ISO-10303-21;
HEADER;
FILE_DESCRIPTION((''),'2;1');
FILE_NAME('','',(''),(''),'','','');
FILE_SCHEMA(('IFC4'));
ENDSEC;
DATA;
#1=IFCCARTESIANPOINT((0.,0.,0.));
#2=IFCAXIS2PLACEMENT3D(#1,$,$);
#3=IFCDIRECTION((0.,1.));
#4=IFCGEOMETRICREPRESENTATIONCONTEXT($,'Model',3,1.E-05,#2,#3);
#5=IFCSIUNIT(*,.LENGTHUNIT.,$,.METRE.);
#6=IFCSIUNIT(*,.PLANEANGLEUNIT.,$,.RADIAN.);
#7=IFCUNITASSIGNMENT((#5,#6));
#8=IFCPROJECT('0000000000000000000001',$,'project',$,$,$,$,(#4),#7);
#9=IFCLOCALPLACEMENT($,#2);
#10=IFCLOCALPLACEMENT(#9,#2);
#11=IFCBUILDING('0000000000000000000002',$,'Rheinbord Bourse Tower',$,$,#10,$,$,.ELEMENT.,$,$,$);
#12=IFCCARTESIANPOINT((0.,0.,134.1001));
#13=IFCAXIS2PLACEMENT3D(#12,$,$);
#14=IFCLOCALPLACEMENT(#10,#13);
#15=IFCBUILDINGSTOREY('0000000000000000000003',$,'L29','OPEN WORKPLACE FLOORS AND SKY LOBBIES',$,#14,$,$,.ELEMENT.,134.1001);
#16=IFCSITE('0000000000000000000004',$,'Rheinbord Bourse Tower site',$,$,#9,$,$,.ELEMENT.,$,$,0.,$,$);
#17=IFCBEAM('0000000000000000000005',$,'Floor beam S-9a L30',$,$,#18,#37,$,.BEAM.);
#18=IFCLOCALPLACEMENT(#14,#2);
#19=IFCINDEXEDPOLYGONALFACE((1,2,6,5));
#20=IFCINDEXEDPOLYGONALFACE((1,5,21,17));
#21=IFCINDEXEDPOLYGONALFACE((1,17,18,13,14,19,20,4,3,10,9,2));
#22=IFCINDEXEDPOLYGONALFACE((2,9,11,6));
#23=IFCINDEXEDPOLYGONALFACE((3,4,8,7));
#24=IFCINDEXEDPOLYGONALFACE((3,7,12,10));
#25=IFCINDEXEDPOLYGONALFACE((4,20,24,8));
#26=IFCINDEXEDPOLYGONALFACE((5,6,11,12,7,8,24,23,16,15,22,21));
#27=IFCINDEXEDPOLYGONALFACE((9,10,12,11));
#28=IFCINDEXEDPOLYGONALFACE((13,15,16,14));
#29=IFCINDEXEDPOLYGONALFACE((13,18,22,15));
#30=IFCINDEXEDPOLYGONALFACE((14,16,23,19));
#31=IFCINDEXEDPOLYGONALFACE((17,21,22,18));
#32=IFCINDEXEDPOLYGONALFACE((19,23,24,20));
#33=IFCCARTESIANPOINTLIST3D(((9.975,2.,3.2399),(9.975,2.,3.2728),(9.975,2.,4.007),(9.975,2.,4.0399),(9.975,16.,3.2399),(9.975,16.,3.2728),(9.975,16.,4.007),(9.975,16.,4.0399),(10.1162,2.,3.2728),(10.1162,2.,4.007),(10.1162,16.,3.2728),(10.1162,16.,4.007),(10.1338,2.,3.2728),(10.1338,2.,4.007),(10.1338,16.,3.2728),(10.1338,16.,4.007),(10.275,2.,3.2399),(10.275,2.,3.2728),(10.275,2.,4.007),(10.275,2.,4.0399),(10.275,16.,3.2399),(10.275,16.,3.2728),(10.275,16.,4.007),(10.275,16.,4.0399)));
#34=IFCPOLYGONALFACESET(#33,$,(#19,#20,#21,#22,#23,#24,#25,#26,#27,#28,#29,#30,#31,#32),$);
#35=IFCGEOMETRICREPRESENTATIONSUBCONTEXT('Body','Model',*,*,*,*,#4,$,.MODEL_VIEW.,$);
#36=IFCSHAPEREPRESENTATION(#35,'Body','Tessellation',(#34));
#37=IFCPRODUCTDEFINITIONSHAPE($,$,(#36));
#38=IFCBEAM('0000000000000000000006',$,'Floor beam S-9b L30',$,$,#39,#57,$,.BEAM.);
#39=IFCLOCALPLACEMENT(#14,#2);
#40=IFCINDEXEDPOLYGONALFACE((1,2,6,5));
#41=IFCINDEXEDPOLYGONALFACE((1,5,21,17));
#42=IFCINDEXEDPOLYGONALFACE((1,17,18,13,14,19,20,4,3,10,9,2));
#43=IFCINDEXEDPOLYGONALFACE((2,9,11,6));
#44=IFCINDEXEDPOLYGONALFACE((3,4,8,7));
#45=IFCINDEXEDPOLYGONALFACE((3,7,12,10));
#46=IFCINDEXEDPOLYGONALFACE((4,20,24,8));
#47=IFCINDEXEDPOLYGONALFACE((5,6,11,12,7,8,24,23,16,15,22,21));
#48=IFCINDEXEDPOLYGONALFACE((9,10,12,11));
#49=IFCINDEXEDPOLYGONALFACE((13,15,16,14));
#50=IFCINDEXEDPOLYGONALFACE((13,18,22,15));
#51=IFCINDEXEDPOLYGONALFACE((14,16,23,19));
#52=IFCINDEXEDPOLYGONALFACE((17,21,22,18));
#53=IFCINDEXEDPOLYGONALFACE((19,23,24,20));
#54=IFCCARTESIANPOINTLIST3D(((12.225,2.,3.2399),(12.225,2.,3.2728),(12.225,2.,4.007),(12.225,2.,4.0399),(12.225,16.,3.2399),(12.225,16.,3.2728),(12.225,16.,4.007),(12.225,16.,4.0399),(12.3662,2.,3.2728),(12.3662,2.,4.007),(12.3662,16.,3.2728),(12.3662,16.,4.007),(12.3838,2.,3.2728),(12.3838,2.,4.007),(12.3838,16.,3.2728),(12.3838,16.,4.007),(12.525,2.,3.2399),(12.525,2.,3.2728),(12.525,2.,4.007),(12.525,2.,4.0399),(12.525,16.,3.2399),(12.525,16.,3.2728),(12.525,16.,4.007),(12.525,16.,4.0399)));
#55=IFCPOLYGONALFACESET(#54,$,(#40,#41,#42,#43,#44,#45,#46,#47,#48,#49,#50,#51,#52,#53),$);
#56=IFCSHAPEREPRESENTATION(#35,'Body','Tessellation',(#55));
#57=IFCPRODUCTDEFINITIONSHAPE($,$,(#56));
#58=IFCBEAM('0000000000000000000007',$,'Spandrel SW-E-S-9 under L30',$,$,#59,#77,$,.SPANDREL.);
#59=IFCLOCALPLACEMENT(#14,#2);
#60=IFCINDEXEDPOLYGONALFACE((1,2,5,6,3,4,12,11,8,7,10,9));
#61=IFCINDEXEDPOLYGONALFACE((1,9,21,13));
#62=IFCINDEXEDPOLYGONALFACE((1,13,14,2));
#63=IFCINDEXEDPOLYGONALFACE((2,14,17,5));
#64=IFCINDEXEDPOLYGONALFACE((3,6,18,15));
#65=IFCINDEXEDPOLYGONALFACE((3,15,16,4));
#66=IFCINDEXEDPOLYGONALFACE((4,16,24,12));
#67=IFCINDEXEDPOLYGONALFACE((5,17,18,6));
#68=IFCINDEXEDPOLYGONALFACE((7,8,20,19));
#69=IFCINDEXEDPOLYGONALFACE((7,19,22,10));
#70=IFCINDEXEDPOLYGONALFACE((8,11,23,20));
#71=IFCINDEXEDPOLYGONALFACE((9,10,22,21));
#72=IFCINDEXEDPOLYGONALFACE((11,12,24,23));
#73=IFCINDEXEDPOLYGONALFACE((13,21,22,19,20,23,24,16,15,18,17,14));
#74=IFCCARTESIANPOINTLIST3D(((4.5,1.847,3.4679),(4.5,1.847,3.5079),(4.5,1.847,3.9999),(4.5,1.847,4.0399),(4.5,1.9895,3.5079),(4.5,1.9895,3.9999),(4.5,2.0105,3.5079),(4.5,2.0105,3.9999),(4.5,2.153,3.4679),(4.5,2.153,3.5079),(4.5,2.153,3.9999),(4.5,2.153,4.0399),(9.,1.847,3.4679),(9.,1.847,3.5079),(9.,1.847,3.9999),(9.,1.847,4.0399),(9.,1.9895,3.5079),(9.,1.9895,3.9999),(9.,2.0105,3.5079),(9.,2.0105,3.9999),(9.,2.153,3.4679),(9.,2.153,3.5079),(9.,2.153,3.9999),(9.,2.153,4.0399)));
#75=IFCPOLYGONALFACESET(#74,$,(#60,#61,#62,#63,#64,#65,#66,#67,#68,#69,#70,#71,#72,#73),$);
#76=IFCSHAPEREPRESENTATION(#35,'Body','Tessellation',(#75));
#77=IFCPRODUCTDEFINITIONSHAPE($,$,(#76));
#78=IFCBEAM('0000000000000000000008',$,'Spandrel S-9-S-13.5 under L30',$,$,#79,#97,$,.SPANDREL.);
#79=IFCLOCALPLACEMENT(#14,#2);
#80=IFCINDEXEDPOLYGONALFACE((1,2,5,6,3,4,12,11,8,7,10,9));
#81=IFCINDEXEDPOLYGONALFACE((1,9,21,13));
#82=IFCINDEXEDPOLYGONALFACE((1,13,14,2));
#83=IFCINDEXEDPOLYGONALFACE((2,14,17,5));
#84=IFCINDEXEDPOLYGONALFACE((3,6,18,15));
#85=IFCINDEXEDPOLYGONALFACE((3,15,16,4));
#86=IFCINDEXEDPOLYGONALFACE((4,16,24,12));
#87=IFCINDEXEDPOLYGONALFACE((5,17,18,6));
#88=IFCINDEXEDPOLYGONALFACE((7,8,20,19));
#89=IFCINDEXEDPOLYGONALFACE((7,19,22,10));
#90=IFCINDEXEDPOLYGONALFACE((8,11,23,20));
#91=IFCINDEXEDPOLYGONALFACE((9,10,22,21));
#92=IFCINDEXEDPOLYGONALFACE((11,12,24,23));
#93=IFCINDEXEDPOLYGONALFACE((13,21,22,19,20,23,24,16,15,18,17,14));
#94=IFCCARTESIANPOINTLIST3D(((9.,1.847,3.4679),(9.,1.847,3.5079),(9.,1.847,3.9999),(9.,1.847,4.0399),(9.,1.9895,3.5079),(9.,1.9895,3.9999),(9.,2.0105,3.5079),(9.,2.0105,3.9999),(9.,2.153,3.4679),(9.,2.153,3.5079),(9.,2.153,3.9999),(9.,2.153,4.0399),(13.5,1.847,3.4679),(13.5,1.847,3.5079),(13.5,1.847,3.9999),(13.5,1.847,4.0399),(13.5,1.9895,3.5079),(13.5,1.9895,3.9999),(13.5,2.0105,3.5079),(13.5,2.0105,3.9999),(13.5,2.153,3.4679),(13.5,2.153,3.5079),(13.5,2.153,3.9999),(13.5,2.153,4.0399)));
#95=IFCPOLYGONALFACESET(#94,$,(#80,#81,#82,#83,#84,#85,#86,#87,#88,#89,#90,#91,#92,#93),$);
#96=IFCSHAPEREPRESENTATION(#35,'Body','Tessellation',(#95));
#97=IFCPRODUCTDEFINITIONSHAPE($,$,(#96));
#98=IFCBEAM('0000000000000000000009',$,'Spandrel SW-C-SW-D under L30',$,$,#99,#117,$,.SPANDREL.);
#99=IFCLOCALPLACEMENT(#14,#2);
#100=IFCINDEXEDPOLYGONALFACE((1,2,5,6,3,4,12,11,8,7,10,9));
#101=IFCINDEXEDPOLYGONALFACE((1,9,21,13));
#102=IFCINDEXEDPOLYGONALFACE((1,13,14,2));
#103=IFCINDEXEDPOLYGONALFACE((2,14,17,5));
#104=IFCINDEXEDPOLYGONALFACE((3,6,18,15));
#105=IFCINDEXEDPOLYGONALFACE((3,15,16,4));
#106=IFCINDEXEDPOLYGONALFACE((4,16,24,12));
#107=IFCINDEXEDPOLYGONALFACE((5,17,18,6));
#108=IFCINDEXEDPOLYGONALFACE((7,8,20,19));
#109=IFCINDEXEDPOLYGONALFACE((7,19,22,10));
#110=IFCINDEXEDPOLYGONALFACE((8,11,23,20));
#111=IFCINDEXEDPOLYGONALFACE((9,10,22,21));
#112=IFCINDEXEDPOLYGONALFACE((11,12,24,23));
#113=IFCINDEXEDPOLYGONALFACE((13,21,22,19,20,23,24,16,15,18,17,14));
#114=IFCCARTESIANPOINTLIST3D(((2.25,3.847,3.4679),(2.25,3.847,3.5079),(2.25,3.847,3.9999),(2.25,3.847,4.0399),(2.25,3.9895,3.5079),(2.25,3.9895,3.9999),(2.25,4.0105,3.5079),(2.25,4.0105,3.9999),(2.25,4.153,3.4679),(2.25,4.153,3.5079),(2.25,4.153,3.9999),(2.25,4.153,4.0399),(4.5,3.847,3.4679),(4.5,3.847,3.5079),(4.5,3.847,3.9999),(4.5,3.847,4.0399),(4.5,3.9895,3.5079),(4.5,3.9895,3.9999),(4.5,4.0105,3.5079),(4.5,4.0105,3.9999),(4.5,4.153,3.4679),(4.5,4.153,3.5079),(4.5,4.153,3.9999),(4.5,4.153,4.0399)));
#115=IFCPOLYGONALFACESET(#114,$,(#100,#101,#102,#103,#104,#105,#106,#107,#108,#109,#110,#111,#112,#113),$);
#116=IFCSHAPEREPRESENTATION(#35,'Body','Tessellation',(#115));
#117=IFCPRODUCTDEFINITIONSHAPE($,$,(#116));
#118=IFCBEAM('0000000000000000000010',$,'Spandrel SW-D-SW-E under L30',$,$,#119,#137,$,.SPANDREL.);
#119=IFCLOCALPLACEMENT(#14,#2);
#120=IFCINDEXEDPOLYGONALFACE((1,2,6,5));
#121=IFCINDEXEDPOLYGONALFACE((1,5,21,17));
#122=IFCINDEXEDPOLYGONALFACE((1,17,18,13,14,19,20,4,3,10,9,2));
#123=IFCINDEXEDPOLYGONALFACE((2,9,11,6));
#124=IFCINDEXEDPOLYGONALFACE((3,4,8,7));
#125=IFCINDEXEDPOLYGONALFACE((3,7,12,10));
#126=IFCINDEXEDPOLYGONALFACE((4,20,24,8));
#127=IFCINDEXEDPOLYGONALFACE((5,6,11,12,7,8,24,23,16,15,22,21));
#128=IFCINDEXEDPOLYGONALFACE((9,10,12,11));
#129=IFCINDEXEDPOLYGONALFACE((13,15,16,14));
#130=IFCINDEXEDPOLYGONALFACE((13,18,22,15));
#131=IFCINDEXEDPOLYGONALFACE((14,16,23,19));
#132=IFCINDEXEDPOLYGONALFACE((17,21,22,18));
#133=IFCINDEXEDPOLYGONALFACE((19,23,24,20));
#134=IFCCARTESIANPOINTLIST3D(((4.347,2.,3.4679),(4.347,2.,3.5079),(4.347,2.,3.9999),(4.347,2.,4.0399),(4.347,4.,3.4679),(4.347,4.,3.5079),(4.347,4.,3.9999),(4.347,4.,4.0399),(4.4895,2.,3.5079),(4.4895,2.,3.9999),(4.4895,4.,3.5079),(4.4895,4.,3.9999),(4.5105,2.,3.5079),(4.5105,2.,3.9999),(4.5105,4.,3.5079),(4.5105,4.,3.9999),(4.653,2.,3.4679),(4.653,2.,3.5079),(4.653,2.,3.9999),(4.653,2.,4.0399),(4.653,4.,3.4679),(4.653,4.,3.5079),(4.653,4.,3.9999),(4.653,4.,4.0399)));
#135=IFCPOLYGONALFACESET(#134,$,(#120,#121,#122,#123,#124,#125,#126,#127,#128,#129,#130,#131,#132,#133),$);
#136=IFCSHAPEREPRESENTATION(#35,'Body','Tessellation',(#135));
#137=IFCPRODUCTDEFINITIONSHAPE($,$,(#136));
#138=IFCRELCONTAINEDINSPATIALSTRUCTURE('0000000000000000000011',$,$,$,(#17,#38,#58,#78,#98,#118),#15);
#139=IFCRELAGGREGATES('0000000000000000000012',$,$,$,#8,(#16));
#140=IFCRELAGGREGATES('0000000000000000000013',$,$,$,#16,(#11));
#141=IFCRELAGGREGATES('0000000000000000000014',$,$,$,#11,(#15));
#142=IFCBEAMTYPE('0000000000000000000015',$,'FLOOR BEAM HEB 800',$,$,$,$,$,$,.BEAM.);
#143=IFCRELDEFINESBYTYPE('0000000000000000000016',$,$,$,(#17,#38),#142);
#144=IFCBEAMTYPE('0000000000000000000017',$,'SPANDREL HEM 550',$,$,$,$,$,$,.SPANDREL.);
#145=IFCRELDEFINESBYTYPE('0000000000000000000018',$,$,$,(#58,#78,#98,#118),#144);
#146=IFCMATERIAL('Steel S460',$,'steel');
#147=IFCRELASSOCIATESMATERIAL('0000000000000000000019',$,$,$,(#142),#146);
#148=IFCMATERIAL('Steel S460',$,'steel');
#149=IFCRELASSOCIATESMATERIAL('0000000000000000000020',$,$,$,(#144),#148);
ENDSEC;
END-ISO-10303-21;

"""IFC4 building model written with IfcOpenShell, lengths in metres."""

from ifc_helpers import new_model, si_unit, direction, frame, origin, origin_2d, place, context, subcontext, project, spatial, i_section, extrude, material, material_profile, profile_set, type_object, element, save


model = new_model("IFC4")

# Units and contexts
model_context = context("Model", 3, precision=1e-05, world=origin(), true_north=direction((0.0, 1.0)))
body_context = subcontext(model_context, "Body", "Model", "MODEL_VIEW")
ifc_project = project(units=[si_unit("LENGTHUNIT", "METRE"), si_unit("PLANEANGLEUNIT", "RADIAN")], contexts=[model_context])

# Site, building, storey
site_placement = place(None, origin())
site = spatial("IfcSite", under=ifc_project, at=site_placement, Name="Rheinbord Bourse Tower site", CompositionType="ELEMENT", RefElevation=0.0)
building_placement = place(site_placement, origin())
building = spatial("IfcBuilding", under=site, at=building_placement, Name="Rheinbord Bourse Tower", CompositionType="ELEMENT")
storey_placement = place(building_placement, frame((0.0, 0.0, 134.1001)))
storey = spatial("IfcBuildingStorey", under=building, at=storey_placement, Name="L29", Description="OPEN WORKPLACE FLOORS AND SKY LOBBIES", CompositionType="ELEMENT", Elevation=134.1001)

# Beams
ifc_material_1 = material(Name="Steel S460", Category="steel")
ifc_material_profile_1 = material_profile(ifc_material_1, i_section(OverallWidth=0.3, OverallDepth=0.8, WebThickness=0.0176, FlangeThickness=0.033, at=origin_2d()), Name="HEB 800")
ifc_profile_set_1 = profile_set([ifc_material_profile_1], Name="Steel S460")
beam_type_1 = type_object("IfcBeamType", Name="FLOOR BEAM HEB 800", PredefinedType="BEAM", material=ifc_profile_set_1)
for number, where, z_axis, x_axis, name in (
    (1, (10.125, 2.0, 3.6399), (0.0, 1.0, 0.0), (-1.0, 0.0, 0.0), "Floor beam S-9a L30"),
    (2, (12.375, 2.0, 3.6399), (0.0, 1.0, 0.0), (-1.0, 0.0, 0.0), "Floor beam S-9b L30"),
):
    element("IfcBeam", number, at=place(storey_placement, frame(where, z_axis=z_axis, x_axis=x_axis)), inside=storey, type_object=beam_type_1, Name=name, PredefinedType="BEAM", context=body_context, shape_type="SweptSolid", body=[
        extrude(i_section(OverallWidth=0.3, OverallDepth=0.8, WebThickness=0.0176, FlangeThickness=0.033, at=origin_2d()), origin(), (0.0, 0.0, 1.0), 14.0),
    ])
ifc_material_2 = material(Name="Steel S460", Category="steel")
ifc_material_profile_2 = material_profile(ifc_material_2, i_section(OverallWidth=0.3059, OverallDepth=0.572, WebThickness=0.021, FlangeThickness=0.04, at=origin_2d()), Name="HEM 550")
ifc_profile_set_2 = profile_set([ifc_material_profile_2], Name="Steel S460")
beam_type_2 = type_object("IfcBeamType", Name="SPANDREL HEM 550", PredefinedType="SPANDREL", material=ifc_profile_set_2)
for number, where, z_axis, x_axis, name in (
    (3, (4.5, 2.0, 3.7539), (1.0, 0.0, 0.0), (0.0, 1.0, 0.0), "Spandrel SW-E-S-9 under L30"),
    (4, (9.0, 2.0, 3.7539), (1.0, 0.0, 0.0), (0.0, 1.0, 0.0), "Spandrel S-9-S-13.5 under L30"),
):
    element("IfcBeam", number, at=place(storey_placement, frame(where, z_axis=z_axis, x_axis=x_axis)), inside=storey, type_object=beam_type_2, Name=name, PredefinedType="SPANDREL", context=body_context, shape_type="SweptSolid", body=[
        extrude(i_section(OverallWidth=0.3059, OverallDepth=0.572, WebThickness=0.021, FlangeThickness=0.04, at=origin_2d()), origin(), (0.0, 0.0, 1.0), 4.5),
    ])
beam_1_placement = place(storey_placement, frame((2.25, 4.0, 3.7539), z_axis=(1.0, 0.0, 0.0), x_axis=(0.0, 1.0, 0.0)))
element("IfcBeam", 5, at=beam_1_placement, inside=storey, type_object=beam_type_2, Name="Spandrel SW-C-SW-D under L30", PredefinedType="SPANDREL", context=body_context, shape_type="SweptSolid", body=[
    extrude(i_section(OverallWidth=0.3059, OverallDepth=0.572, WebThickness=0.021, FlangeThickness=0.04, at=origin_2d()), origin(), (0.0, 0.0, 1.0), 2.25),
])
beam_2_placement = place(storey_placement, frame((4.5, 4.0, 3.7539), z_axis=(0.0, -1.0, 0.0), x_axis=(1.0, 0.0, 0.0)))
element("IfcBeam", 6, at=beam_2_placement, inside=storey, type_object=beam_type_2, Name="Spandrel SW-D-SW-E under L30", PredefinedType="SPANDREL", context=body_context, shape_type="SweptSolid", body=[
    extrude(i_section(OverallWidth=0.3059, OverallDepth=0.572, WebThickness=0.021, FlangeThickness=0.04, at=origin_2d()), origin(), (0.0, 0.0, 1.0), 2.0),
])

save(model, "model.ifc")
